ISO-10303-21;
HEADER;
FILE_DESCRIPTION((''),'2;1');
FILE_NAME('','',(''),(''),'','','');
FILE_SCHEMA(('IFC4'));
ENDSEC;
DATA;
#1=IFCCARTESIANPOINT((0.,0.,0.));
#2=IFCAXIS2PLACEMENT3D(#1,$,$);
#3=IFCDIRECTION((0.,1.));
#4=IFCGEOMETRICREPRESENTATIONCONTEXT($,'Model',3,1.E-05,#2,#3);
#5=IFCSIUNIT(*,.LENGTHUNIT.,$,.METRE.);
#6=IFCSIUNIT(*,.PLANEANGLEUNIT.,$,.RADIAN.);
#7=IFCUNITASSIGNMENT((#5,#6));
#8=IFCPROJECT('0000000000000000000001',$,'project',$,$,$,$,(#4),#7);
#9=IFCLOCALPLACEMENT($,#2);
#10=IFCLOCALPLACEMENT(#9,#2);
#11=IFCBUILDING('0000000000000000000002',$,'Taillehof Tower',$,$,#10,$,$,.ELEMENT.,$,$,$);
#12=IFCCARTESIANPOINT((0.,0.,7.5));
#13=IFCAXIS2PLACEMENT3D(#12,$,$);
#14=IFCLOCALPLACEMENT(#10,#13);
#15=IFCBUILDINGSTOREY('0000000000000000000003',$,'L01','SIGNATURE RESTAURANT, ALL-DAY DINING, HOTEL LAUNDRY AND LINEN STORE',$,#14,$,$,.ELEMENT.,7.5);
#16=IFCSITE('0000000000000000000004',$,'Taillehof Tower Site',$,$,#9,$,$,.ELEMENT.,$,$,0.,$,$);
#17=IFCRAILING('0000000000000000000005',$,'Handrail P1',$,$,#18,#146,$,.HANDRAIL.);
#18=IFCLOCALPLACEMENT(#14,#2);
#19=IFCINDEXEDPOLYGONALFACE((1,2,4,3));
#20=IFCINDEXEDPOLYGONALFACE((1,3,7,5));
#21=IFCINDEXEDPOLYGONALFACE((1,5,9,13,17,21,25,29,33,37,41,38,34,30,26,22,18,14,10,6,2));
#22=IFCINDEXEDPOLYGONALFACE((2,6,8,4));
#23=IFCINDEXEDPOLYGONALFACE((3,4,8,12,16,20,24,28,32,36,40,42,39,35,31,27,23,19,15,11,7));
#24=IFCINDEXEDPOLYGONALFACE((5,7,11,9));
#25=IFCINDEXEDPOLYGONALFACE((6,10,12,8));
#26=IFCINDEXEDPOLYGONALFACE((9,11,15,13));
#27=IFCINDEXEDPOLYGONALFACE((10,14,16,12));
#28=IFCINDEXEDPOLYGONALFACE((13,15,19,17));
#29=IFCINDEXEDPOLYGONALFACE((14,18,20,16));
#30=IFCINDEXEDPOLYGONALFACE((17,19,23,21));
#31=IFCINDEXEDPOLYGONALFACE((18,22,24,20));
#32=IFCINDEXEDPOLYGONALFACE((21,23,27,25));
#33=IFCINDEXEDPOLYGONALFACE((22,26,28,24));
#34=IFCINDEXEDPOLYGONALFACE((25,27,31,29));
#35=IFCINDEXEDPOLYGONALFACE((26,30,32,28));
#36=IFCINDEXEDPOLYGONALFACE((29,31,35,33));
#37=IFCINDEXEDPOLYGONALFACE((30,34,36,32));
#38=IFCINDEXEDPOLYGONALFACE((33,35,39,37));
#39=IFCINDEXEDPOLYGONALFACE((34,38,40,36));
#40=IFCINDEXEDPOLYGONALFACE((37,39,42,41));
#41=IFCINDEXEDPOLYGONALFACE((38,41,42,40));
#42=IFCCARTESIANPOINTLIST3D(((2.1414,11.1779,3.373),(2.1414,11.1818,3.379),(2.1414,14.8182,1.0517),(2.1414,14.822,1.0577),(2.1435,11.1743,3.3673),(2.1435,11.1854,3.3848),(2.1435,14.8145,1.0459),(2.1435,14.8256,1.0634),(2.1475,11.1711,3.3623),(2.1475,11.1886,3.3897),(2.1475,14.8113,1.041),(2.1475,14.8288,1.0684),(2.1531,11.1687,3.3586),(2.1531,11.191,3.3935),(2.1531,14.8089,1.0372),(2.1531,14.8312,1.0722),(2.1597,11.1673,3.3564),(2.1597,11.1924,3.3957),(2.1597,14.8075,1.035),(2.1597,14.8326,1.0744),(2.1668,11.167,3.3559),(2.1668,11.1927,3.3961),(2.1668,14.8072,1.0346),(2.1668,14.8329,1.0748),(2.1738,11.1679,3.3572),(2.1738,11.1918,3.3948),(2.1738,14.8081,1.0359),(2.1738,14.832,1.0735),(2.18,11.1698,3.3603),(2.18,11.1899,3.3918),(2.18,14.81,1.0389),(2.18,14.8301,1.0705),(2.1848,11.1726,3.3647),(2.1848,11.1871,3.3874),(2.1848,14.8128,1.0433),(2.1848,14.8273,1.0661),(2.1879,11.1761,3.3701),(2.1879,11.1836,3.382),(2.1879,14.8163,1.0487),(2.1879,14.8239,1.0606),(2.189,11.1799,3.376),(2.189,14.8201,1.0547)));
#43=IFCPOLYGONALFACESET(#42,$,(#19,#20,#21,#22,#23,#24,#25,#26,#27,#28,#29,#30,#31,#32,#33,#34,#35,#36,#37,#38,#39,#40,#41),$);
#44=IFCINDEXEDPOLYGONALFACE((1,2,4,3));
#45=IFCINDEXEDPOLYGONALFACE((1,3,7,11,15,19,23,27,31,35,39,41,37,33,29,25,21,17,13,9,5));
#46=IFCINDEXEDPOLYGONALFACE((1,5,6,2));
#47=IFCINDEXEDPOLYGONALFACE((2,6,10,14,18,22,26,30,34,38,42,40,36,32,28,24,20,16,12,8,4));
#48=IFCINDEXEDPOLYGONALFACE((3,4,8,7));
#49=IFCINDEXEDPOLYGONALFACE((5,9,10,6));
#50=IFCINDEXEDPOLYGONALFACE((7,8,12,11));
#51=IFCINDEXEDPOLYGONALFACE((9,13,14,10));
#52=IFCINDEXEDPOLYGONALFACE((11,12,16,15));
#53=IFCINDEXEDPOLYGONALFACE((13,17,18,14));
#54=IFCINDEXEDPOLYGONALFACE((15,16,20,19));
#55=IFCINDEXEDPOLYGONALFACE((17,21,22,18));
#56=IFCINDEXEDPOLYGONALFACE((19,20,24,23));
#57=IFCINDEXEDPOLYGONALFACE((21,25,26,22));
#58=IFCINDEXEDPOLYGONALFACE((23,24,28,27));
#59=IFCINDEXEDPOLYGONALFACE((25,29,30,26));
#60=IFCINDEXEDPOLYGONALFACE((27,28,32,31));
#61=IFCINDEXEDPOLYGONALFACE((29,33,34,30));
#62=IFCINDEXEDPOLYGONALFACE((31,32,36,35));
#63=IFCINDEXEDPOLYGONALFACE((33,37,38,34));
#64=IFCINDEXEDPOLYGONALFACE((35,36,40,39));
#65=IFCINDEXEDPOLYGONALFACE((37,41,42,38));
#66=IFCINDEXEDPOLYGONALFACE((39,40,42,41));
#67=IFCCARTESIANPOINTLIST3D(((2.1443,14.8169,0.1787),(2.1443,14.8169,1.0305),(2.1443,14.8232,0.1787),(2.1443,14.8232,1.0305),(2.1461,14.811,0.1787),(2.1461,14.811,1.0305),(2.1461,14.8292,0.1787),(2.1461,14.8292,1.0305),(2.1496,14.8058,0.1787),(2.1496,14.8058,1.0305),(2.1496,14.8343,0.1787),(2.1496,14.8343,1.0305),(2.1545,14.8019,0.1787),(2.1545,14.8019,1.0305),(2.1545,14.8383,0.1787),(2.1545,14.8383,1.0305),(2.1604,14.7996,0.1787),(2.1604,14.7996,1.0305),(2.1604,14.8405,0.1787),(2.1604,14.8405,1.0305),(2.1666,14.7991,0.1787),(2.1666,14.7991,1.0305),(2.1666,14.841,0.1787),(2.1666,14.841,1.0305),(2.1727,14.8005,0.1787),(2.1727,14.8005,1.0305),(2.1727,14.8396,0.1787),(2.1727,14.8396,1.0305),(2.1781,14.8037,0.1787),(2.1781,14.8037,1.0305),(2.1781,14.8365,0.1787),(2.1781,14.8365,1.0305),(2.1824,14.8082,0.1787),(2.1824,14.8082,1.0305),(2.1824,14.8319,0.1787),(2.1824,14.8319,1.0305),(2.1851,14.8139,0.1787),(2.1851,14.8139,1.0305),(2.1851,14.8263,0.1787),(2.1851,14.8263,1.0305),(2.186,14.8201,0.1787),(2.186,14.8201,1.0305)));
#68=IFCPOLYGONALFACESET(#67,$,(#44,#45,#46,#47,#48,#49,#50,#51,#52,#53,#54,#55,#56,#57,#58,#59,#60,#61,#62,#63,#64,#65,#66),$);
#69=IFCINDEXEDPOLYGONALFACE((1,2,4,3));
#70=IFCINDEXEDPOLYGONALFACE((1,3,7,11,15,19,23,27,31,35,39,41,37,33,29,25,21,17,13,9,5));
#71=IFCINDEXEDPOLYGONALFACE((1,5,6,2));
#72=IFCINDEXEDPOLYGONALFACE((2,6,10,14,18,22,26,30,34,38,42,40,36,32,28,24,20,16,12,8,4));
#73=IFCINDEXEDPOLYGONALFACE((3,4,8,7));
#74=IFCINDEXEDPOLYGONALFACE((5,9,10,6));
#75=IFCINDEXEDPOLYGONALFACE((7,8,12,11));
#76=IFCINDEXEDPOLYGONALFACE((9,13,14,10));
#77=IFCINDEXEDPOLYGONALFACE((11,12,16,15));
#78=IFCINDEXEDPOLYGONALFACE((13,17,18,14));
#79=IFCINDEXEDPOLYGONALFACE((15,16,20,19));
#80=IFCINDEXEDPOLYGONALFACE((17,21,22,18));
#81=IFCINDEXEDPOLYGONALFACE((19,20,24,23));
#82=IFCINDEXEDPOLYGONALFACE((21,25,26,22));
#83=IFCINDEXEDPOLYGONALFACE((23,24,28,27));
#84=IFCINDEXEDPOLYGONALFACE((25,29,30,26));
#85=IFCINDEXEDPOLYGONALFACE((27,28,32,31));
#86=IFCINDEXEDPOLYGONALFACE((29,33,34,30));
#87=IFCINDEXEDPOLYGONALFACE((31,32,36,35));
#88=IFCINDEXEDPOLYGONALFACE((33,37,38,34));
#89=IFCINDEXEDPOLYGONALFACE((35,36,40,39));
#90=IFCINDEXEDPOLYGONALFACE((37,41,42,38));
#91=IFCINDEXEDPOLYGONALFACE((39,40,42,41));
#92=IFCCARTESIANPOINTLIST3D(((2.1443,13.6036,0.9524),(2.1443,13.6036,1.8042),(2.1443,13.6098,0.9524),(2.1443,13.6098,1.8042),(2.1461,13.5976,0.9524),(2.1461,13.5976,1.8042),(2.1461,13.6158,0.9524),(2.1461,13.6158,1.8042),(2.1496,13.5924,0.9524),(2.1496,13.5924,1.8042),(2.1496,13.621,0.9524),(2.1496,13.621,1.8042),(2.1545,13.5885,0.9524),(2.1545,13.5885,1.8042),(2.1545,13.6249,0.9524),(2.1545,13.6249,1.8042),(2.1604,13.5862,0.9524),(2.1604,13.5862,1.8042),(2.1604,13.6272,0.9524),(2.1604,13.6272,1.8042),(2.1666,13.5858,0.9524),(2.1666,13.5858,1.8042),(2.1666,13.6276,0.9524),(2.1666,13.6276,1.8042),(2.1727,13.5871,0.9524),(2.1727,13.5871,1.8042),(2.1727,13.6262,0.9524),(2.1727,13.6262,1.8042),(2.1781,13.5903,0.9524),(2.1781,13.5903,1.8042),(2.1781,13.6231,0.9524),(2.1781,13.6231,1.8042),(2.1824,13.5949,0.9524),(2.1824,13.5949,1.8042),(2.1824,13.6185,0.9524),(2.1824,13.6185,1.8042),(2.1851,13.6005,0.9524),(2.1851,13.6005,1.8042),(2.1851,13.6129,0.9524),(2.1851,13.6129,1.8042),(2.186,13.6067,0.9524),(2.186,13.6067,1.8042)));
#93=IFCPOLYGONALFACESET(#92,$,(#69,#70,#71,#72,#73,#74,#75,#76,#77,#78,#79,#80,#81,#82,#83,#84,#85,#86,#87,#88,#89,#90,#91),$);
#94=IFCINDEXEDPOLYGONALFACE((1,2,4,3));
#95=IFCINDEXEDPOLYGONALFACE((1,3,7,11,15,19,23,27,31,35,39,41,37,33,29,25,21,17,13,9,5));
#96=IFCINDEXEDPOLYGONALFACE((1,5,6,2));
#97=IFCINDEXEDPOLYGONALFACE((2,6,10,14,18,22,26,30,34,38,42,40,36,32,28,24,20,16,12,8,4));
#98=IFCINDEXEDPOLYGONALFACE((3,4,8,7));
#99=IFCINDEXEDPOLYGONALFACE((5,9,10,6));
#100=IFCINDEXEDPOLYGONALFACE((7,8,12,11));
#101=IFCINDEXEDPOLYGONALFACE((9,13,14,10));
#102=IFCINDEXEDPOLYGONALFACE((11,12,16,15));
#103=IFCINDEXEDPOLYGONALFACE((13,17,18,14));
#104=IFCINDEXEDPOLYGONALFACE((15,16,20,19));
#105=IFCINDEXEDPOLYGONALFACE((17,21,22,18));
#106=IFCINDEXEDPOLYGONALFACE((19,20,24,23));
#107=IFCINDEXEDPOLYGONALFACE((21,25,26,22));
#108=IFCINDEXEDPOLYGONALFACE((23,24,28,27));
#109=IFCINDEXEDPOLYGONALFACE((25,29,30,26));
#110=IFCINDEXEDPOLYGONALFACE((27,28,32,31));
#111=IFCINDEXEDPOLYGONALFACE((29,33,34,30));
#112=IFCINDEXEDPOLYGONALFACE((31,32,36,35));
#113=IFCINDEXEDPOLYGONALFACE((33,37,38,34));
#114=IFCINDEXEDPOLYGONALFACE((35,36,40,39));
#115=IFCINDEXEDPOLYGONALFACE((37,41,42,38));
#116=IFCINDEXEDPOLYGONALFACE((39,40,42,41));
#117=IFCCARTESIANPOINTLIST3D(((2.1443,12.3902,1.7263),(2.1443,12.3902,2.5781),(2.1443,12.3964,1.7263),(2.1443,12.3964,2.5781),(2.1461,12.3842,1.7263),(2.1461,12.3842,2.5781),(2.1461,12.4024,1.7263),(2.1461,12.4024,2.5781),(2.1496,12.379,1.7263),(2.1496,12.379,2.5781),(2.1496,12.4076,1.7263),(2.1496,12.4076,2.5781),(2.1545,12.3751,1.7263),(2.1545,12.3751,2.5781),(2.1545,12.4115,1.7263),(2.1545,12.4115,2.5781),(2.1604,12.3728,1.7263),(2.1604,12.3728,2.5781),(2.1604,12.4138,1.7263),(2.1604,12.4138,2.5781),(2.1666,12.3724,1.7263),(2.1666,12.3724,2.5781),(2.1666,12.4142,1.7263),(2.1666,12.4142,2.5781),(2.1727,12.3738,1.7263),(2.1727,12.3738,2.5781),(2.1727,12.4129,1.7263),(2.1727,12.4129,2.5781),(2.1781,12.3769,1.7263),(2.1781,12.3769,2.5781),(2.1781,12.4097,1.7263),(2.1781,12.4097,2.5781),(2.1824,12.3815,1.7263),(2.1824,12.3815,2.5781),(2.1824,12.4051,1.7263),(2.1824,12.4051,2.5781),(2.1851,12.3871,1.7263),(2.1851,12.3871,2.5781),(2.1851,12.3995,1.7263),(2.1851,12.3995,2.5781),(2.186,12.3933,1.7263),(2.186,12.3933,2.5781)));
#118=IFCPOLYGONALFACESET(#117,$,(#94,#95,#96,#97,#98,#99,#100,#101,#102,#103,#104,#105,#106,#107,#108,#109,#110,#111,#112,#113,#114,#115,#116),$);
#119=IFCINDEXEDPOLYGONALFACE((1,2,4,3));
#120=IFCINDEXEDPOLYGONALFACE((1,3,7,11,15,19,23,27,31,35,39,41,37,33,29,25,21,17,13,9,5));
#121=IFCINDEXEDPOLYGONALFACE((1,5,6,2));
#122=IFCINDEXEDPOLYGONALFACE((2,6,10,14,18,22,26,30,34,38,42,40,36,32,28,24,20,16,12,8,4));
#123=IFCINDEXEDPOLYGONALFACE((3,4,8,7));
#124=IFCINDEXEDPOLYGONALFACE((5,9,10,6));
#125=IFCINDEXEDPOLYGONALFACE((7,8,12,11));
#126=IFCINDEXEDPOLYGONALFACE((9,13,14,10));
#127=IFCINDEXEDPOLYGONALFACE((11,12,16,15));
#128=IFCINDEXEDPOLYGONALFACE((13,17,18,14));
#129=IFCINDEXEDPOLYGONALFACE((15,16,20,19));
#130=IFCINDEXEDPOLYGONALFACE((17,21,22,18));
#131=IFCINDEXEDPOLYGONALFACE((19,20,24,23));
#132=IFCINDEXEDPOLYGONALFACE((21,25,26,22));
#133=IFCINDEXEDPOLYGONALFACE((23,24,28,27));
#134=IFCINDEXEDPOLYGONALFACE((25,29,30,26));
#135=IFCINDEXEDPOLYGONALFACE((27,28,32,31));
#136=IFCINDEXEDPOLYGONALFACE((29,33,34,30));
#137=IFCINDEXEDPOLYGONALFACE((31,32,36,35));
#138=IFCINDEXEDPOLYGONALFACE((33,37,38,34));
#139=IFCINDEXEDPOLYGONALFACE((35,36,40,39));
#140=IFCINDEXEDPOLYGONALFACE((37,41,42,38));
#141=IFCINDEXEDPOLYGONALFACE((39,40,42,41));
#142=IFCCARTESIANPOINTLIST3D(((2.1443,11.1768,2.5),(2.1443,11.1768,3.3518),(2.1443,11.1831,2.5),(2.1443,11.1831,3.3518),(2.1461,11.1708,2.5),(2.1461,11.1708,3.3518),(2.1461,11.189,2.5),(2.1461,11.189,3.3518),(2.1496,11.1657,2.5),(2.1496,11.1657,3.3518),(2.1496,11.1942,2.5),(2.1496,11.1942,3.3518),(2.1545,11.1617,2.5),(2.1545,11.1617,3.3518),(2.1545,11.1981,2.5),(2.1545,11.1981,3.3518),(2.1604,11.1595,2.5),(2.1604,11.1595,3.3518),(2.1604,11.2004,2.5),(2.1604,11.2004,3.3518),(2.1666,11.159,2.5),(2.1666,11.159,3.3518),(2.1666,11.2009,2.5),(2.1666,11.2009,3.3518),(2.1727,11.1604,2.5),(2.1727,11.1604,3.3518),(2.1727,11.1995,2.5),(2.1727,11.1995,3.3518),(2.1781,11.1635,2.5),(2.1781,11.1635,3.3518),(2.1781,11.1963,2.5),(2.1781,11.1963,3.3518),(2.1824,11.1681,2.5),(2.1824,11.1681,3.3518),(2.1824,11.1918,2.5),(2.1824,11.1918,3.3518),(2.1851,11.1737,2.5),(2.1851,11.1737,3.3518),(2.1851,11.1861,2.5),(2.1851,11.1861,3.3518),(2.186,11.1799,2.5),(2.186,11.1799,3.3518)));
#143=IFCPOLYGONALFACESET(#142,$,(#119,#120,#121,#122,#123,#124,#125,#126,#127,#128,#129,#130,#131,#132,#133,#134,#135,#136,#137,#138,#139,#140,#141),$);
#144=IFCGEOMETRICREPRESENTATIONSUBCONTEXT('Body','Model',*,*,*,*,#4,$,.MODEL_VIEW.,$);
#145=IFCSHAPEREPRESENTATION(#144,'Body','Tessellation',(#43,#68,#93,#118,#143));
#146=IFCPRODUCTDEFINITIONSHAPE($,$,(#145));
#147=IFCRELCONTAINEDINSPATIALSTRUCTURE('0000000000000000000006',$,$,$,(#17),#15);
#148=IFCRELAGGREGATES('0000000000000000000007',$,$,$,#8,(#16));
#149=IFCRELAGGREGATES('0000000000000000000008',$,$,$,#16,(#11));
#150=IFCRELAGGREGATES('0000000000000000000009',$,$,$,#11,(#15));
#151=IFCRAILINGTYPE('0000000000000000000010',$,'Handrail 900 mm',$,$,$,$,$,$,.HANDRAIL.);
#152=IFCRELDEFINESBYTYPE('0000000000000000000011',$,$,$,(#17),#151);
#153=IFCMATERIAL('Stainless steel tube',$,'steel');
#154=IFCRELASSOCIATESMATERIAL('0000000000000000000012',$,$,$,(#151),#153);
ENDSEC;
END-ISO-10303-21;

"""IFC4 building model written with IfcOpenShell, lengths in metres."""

from ifc_helpers import new_model, si_unit, direction, frame, origin, origin_2d, place, context, subcontext, project, spatial, circle, extrude, material, type_object, element, save


model = new_model("IFC4")

# Units and contexts
model_context = context("Model", 3, precision=1e-05, world=origin(), true_north=direction((0.0, 1.0)))
body_context = subcontext(model_context, "Body", "Model", "MODEL_VIEW")
ifc_project = project(units=[si_unit("LENGTHUNIT", "METRE"), si_unit("PLANEANGLEUNIT", "RADIAN")], contexts=[model_context])

# Site, building, storey
site_placement = place(None, origin())
site = spatial("IfcSite", under=ifc_project, at=site_placement, Name="Taillehof Tower Site", CompositionType="ELEMENT", RefElevation=0.0)
building_placement = place(site_placement, origin())
building = spatial("IfcBuilding", under=site, at=building_placement, Name="Taillehof Tower", CompositionType="ELEMENT")
storey_placement = place(building_placement, frame((0.0, 0.0, 7.5)))
storey = spatial("IfcBuildingStorey", under=building, at=storey_placement, Name="L01", Description="SIGNATURE RESTAURANT, ALL-DAY DINING, HOTEL LAUNDRY AND LINEN STORE", CompositionType="ELEMENT", Elevation=7.5)

# Railing
ifc_material_1 = material(Name="Stainless steel tube", Category="steel")
railing_type_1 = type_object("IfcRailingType", Name="Handrail 900 mm", PredefinedType="HANDRAIL", material=ifc_material_1)
for number, where, name in (
    (1, (2.165, 14.8201, 0.1787), "Handrail P1"),
):
    element("IfcRailing", number, at=place(storey_placement, frame(where)), inside=storey, type_object=railing_type_1, Name=name, PredefinedType="HANDRAIL", context=body_context, shape_type="SweptSolid", body=[
        extrude(circle(Radius=0.0239, at=origin_2d()), frame((0.0, 0.0, 0.876), z_axis=(0.0, -0.843153, 0.537673), x_axis=(1.0, 0.0, 0.0)), (0.0, 0.0, 1.0), 4.3174),
        extrude(circle(Radius=0.021, at=origin_2d()), origin(), (0.0, 0.0, 1.0), 0.8518),
        extrude(circle(Radius=0.021, at=origin_2d()), frame((0.0, -1.2134, 0.7737)), (0.0, 0.0, 1.0), 0.8518),
        extrude(circle(Radius=0.021, at=origin_2d()), frame((0.0, -2.4268, 1.5476)), (0.0, 0.0, 1.0), 0.8518),
        extrude(circle(Radius=0.021, at=origin_2d()), frame((0.0, -3.6401, 2.3213)), (0.0, 0.0, 1.0), 0.8518),
    ])

save(model, "model.ifc")
